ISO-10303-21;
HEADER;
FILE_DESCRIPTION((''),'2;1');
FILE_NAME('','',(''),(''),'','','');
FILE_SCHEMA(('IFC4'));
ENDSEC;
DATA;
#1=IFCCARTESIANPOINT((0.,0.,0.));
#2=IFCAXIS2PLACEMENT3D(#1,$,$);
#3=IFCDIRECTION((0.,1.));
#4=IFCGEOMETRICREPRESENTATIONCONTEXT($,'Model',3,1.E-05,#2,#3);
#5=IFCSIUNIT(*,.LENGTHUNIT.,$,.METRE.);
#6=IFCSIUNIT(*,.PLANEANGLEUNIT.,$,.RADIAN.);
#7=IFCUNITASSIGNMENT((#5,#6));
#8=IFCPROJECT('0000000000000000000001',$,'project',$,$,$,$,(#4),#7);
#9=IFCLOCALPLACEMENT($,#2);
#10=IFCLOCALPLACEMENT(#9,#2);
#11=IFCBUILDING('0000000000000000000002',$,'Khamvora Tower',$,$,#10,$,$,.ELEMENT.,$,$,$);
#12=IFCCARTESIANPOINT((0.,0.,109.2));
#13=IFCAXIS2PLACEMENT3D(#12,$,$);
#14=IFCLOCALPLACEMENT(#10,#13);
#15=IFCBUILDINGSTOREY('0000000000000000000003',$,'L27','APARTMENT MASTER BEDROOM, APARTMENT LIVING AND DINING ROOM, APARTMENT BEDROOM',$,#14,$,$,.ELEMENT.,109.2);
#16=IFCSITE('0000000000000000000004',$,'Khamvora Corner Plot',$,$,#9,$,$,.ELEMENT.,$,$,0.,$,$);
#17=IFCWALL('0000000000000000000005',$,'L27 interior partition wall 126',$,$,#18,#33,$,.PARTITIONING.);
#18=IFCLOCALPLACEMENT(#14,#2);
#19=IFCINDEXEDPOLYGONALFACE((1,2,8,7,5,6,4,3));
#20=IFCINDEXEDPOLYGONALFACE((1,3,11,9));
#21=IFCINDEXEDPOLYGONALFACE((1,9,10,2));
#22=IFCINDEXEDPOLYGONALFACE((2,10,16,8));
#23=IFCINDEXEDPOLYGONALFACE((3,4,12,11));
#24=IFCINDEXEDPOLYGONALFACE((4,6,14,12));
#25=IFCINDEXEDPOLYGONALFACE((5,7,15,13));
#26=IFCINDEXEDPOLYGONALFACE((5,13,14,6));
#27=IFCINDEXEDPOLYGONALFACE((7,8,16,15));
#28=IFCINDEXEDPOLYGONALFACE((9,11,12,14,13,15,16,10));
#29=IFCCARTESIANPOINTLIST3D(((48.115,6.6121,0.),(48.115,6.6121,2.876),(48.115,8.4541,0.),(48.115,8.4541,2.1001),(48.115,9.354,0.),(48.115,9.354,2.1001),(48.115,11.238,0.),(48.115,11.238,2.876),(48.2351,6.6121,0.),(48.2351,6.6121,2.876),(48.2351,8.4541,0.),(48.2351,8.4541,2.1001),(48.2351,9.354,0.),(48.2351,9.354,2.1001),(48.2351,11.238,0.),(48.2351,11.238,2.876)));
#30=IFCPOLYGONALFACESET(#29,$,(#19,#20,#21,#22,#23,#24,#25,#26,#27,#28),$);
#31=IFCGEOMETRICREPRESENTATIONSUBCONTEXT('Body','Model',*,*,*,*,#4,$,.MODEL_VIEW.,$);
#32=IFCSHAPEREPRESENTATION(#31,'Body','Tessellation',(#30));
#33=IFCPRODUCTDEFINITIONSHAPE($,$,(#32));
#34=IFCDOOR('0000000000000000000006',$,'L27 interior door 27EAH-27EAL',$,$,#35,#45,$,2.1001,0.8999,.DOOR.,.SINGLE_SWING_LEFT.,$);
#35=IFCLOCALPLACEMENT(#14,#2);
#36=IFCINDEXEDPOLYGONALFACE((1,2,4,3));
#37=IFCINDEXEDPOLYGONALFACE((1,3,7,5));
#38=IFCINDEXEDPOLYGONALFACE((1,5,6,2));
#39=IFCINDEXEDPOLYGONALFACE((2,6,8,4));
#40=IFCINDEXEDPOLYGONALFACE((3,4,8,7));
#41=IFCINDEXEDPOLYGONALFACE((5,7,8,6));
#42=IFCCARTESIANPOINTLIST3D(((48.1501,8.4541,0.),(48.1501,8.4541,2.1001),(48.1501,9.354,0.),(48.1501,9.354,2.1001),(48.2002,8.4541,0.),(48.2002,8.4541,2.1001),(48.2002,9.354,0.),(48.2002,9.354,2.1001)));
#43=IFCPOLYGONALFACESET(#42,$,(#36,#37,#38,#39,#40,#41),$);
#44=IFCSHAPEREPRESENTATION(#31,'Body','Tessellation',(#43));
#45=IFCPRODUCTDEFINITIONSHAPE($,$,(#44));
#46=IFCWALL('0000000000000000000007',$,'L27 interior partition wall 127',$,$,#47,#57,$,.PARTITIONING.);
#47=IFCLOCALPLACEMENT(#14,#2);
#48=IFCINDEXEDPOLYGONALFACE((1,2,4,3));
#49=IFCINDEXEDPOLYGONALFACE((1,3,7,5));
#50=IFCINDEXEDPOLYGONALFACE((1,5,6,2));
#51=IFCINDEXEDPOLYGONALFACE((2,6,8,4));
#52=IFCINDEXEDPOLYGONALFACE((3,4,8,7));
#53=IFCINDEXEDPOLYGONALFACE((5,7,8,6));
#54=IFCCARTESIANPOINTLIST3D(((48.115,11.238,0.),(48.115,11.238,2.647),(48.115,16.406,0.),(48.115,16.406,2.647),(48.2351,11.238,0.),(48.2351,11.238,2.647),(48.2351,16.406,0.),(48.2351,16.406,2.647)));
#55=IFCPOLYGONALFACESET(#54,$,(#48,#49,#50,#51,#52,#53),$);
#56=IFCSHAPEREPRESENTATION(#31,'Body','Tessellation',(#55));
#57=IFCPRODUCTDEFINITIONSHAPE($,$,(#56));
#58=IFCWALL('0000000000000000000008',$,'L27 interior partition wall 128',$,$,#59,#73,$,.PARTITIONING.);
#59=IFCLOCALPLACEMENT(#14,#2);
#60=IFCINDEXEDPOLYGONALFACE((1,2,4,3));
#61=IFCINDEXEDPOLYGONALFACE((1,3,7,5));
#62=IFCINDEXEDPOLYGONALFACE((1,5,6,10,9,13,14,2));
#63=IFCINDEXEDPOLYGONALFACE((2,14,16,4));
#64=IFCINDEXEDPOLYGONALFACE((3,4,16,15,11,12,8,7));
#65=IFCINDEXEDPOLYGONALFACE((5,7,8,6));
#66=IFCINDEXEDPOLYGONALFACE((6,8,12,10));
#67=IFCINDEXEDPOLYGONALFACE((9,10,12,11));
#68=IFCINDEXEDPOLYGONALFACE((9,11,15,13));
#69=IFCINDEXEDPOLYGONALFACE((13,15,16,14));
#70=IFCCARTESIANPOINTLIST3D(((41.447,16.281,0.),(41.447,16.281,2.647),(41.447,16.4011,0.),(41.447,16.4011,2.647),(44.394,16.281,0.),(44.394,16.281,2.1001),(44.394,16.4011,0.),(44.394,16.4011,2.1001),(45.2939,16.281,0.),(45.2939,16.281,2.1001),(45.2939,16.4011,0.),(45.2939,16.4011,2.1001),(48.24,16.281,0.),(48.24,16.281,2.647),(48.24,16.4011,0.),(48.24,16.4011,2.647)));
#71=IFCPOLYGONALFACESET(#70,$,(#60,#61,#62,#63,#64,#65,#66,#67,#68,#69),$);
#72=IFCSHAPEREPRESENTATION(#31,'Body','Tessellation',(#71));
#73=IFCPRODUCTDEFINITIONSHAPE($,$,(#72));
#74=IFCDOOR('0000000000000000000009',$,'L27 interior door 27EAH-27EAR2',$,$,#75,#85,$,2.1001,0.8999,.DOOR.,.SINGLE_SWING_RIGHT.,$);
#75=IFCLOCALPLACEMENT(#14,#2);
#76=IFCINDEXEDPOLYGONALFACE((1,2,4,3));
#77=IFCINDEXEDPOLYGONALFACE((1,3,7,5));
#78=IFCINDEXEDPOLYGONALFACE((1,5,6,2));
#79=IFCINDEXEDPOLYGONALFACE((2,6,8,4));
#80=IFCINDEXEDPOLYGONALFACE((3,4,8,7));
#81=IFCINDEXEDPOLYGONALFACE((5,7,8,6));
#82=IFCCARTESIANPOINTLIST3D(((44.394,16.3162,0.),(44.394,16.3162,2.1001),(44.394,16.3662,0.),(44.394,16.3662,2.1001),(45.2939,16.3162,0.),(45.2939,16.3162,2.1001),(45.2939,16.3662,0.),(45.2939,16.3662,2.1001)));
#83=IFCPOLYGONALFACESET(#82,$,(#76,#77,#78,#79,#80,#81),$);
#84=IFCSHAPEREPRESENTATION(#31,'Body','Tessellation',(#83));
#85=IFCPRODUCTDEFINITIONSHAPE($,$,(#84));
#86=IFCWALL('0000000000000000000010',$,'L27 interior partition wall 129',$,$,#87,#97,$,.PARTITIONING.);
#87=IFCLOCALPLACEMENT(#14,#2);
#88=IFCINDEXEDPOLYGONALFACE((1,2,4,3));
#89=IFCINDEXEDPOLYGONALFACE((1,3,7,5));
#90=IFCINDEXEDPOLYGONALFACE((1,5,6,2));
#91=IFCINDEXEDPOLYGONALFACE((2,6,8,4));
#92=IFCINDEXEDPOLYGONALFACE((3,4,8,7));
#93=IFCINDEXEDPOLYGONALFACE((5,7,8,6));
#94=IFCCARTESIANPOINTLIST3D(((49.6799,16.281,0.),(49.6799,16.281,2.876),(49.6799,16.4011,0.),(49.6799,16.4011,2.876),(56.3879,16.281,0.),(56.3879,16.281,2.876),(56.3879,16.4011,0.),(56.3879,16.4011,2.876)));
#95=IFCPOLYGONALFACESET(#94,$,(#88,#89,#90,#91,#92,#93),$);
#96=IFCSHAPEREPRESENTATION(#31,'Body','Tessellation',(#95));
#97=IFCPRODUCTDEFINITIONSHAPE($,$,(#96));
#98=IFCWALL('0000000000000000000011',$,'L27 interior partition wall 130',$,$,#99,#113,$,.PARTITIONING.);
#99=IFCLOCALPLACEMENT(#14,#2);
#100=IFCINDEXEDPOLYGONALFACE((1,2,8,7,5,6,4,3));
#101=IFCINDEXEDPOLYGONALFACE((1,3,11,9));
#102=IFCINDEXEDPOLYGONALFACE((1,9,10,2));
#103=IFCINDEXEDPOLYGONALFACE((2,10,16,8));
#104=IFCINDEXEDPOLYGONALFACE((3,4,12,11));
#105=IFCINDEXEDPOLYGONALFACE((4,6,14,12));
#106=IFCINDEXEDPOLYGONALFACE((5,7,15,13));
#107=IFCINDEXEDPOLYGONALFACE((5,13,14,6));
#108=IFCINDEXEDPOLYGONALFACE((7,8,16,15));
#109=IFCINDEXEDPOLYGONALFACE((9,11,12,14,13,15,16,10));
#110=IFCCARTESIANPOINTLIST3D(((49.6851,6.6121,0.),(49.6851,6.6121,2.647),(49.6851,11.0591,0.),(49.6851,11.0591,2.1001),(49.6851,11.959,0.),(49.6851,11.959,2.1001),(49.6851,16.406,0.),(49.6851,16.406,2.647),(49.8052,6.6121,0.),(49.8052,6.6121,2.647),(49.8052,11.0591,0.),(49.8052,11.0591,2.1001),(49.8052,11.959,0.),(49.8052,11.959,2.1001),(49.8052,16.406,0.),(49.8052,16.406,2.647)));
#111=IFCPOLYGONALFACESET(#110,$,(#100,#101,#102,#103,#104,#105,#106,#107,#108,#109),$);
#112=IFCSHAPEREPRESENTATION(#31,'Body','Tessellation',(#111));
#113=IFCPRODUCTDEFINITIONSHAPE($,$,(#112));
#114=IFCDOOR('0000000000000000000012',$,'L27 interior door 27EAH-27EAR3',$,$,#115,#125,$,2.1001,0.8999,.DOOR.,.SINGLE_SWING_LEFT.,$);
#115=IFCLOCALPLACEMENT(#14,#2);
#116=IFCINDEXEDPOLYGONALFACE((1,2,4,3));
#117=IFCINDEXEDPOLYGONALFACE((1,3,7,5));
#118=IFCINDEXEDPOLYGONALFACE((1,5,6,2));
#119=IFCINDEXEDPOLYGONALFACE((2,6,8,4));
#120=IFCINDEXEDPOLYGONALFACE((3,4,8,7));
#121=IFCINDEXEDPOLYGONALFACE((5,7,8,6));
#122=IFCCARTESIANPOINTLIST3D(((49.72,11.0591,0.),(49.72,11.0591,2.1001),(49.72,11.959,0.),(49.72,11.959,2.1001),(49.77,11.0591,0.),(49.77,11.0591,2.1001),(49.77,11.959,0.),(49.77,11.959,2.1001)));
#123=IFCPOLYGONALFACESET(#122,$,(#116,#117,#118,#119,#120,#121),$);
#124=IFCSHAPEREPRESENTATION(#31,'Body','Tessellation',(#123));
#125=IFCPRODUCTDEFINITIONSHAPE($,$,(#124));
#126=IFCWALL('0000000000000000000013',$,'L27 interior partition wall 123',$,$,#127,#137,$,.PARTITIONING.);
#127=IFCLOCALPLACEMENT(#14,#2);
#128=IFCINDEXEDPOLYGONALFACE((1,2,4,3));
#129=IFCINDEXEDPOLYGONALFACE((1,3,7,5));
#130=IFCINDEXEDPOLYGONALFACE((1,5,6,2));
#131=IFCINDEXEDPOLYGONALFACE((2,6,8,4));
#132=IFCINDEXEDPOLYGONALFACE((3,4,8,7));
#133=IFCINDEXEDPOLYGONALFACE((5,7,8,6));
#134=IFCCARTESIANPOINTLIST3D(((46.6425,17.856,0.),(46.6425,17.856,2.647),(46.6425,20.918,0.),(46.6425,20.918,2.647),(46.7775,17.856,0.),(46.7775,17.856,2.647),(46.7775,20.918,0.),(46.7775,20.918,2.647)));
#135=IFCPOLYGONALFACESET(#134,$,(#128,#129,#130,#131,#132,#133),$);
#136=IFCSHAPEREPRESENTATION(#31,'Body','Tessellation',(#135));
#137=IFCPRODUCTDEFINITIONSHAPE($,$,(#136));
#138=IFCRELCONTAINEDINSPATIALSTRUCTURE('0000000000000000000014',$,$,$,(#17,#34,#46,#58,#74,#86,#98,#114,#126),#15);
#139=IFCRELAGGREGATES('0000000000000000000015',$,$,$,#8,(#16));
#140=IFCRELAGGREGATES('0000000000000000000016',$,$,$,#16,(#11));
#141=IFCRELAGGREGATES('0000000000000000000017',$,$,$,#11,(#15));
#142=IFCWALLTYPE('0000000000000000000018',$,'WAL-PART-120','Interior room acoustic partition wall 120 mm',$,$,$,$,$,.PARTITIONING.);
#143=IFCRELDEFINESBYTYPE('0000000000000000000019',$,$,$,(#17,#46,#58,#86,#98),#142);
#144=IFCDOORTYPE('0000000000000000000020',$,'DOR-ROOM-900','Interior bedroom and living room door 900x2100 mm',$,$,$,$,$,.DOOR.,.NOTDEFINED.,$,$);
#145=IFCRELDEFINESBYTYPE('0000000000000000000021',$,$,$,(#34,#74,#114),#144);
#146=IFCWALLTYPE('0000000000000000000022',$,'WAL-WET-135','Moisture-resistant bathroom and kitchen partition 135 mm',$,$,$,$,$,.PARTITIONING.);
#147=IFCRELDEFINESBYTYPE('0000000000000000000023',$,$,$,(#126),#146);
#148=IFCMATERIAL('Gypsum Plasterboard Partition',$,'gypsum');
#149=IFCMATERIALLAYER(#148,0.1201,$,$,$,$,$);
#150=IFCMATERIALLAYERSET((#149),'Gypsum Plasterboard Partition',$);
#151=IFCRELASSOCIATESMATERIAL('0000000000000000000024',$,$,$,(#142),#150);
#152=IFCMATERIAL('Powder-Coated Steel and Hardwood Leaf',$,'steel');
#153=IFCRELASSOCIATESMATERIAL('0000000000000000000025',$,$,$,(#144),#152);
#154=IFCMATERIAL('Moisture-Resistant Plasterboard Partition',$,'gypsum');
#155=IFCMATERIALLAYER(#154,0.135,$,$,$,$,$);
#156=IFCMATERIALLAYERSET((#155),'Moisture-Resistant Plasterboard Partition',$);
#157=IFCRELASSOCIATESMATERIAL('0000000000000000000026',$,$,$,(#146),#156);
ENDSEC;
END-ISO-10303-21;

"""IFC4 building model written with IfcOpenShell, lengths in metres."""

from ifc_helpers import new_model, si_unit, direction, frame, frame_2d, origin, place, context, subcontext, project, spatial, rectangle, extrude, material, layer, layer_set, type_object, element, fill, save


model = new_model("IFC4")

# Units and contexts
model_context = context("Model", 3, precision=1e-05, world=origin(), true_north=direction((0.0, 1.0)))
body_context = subcontext(model_context, "Body", "Model", "MODEL_VIEW")
ifc_project = project(units=[si_unit("LENGTHUNIT", "METRE"), si_unit("PLANEANGLEUNIT", "RADIAN")], contexts=[model_context])

# Site, building, storey
site_placement = place(None, origin())
site = spatial("IfcSite", under=ifc_project, at=site_placement, Name="Khamvora Corner Plot", CompositionType="ELEMENT", RefElevation=0.0)
building_placement = place(site_placement, origin())
building = spatial("IfcBuilding", under=site, at=building_placement, Name="Khamvora Tower", CompositionType="ELEMENT")
storey_placement = place(building_placement, frame((0.0, 0.0, 109.2)))
storey = spatial("IfcBuildingStorey", under=building, at=storey_placement, Name="L27", Description="APARTMENT MASTER BEDROOM, APARTMENT LIVING AND DINING ROOM, APARTMENT BEDROOM", CompositionType="ELEMENT", Elevation=109.2)

# Wall, opening, door
ifc_material_1 = material(Name="Gypsum Plasterboard Partition", Category="gypsum")
ifc_layer_1 = layer(ifc_material_1, 0.1201)
ifc_layer_set_1 = layer_set([ifc_layer_1], Name="Gypsum Plasterboard Partition")
wall_type_1 = type_object("IfcWallType", Name="WAL-PART-120", Description="Interior room acoustic partition wall 120 mm", PredefinedType="PARTITIONING", material=ifc_layer_set_1)
wall_1_placement = place(storey_placement, frame((48.175, 6.6121, 0.0), z_axis=(0.0, 0.0, 1.0), x_axis=(0.0, 1.0, 0.0)))
wall_1 = element("IfcWall", 1, at=wall_1_placement, inside=storey, type_object=wall_type_1, Name="L27 interior partition wall 126", PredefinedType="PARTITIONING", context=body_context, shape_type="SweptSolid", body=[
    extrude(rectangle(XDim=4.626, YDim=0.1201, at=frame_2d((2.313, 0.0))), origin(), (0.0, 0.0, 1.0), 2.876),
])
opening_1_placement = place(wall_1_placement, frame((1.842, 0.0, 0.0)))
opening_1 = element("IfcOpeningElement", 2, at=opening_1_placement, cuts=wall_1, PredefinedType="OPENING", context=body_context, shape_type="SweptSolid", body=[
    extrude(rectangle(XDim=0.8999, YDim=2.1001, at=frame_2d((0.45, 1.05))), frame((0.0, 0.0701, 0.0), z_axis=(0.0, -1.0, 0.0), x_axis=(1.0, 0.0, 0.0)), (0.0, 0.0, 1.0), 0.1401),
])
ifc_material_2 = material(Name="Powder-Coated Steel and Hardwood Leaf", Category="steel")
door_type = type_object("IfcDoorType", Name="DOR-ROOM-900", Description="Interior bedroom and living room door 900x2100 mm", OperationType="NOTDEFINED", PredefinedType="DOOR", material=ifc_material_2)
door_1_placement = place(opening_1_placement, origin())
door_1 = element("IfcDoor", 3, at=door_1_placement, inside=storey, type_object=door_type, Name="L27 interior door 27EAH-27EAL", OperationType="SINGLE_SWING_LEFT", OverallHeight=2.1001, OverallWidth=0.8999, PredefinedType="DOOR", context=body_context, shape_type="SweptSolid", body=[
    extrude(rectangle(XDim=0.8999, YDim=2.1001, at=frame_2d((0.45, 1.05))), frame((0.0, 0.0249, 0.0), z_axis=(0.0, -1.0, 0.0), x_axis=(1.0, 0.0, 0.0)), (0.0, 0.0, 1.0), 0.05),
])
fill(opening_1, door_1)

# Wall
wall_2_placement = place(storey_placement, frame((48.175, 11.238, 0.0), z_axis=(0.0, 0.0, 1.0), x_axis=(0.0, 1.0, 0.0)))
element("IfcWall", 4, at=wall_2_placement, inside=storey, type_object=wall_type_1, Name="L27 interior partition wall 127", PredefinedType="PARTITIONING", context=body_context, shape_type="SweptSolid", body=[
    extrude(rectangle(XDim=5.168, YDim=0.1201, at=frame_2d((2.584, 0.0))), origin(), (0.0, 0.0, 1.0), 2.647),
])

# Wall, opening, door
wall_3_placement = place(storey_placement, frame((48.24, 16.3411, 0.0), z_axis=(0.0, 0.0, 1.0), x_axis=(-1.0, 0.0, 0.0)))
wall_3 = element("IfcWall", 5, at=wall_3_placement, inside=storey, type_object=wall_type_1, Name="L27 interior partition wall 128", PredefinedType="PARTITIONING", context=body_context, shape_type="SweptSolid", body=[
    extrude(rectangle(XDim=6.793, YDim=0.1201, at=frame_2d((3.3965, 0.0))), origin(), (0.0, 0.0, 1.0), 2.647),
])
opening_2_placement = place(wall_3_placement, frame((2.946, 0.0, 0.0)))
opening_2 = element("IfcOpeningElement", 6, at=opening_2_placement, cuts=wall_3, PredefinedType="OPENING", context=body_context, shape_type="SweptSolid", body=[
    extrude(rectangle(XDim=0.8999, YDim=2.1001, at=frame_2d((0.45, 1.05))), frame((0.0, 0.0701, 0.0), z_axis=(0.0, -1.0, 0.0), x_axis=(1.0, 0.0, 0.0)), (0.0, 0.0, 1.0), 0.1401),
])
door_2_placement = place(opening_2_placement, origin())
door_2 = element("IfcDoor", 7, at=door_2_placement, inside=storey, type_object=door_type, Name="L27 interior door 27EAH-27EAR2", OperationType="SINGLE_SWING_RIGHT", OverallHeight=2.1001, OverallWidth=0.8999, PredefinedType="DOOR", context=body_context, shape_type="SweptSolid", body=[
    extrude(rectangle(XDim=0.8999, YDim=2.1001, at=frame_2d((0.45, 1.05))), frame((0.0, 0.0249, 0.0), z_axis=(0.0, -1.0, 0.0), x_axis=(1.0, 0.0, 0.0)), (0.0, 0.0, 1.0), 0.05),
])
fill(opening_2, door_2)

# Wall
wall_4_placement = place(storey_placement, frame((56.3879, 16.3411, 0.0), z_axis=(0.0, 0.0, 1.0), x_axis=(-1.0, 0.0, 0.0)))
element("IfcWall", 8, at=wall_4_placement, inside=storey, type_object=wall_type_1, Name="L27 interior partition wall 129", PredefinedType="PARTITIONING", context=body_context, shape_type="SweptSolid", body=[
    extrude(rectangle(XDim=6.708, YDim=0.1201, at=frame_2d((3.354, 0.0))), origin(), (0.0, 0.0, 1.0), 2.876),
])

# Wall, opening, door
wall_5_placement = place(storey_placement, frame((49.7451, 16.406, 0.0), z_axis=(0.0, 0.0, 1.0), x_axis=(0.0, -1.0, 0.0)))
wall_5 = element("IfcWall", 9, at=wall_5_placement, inside=storey, type_object=wall_type_1, Name="L27 interior partition wall 130", PredefinedType="PARTITIONING", context=body_context, shape_type="SweptSolid", body=[
    extrude(rectangle(XDim=9.7939, YDim=0.1201, at=frame_2d((4.897, 0.0))), origin(), (0.0, 0.0, 1.0), 2.647),
])
opening_3_placement = place(wall_5_placement, frame((4.447, 0.0, 0.0)))
opening_3 = element("IfcOpeningElement", 10, at=opening_3_placement, cuts=wall_5, PredefinedType="OPENING", context=body_context, shape_type="SweptSolid", body=[
    extrude(rectangle(XDim=0.8999, YDim=2.1001, at=frame_2d((0.45, 1.05))), frame((0.0, 0.0701, 0.0), z_axis=(0.0, -1.0, 0.0), x_axis=(1.0, 0.0, 0.0)), (0.0, 0.0, 1.0), 0.1401),
])
door_3_placement = place(opening_3_placement, origin())
door_3 = element("IfcDoor", 11, at=door_3_placement, inside=storey, type_object=door_type, Name="L27 interior door 27EAH-27EAR3", OperationType="SINGLE_SWING_LEFT", OverallHeight=2.1001, OverallWidth=0.8999, PredefinedType="DOOR", context=body_context, shape_type="SweptSolid", body=[
    extrude(rectangle(XDim=0.8999, YDim=2.1001, at=frame_2d((0.45, 1.05))), frame((0.0, 0.0249, 0.0), z_axis=(0.0, -1.0, 0.0), x_axis=(1.0, 0.0, 0.0)), (0.0, 0.0, 1.0), 0.05),
])
fill(opening_3, door_3)

# Wall
ifc_material_3 = material(Name="Moisture-Resistant Plasterboard Partition", Category="gypsum")
ifc_layer_2 = layer(ifc_material_3, 0.135)
ifc_layer_set_2 = layer_set([ifc_layer_2], Name="Moisture-Resistant Plasterboard Partition")
wall_type_2 = type_object("IfcWallType", Name="WAL-WET-135", Description="Moisture-resistant bathroom and kitchen partition 135 mm", PredefinedType="PARTITIONING", material=ifc_layer_set_2)
wall_6_placement = place(storey_placement, frame((46.71, 17.856, 0.0), z_axis=(0.0, 0.0, 1.0), x_axis=(0.0, 1.0, 0.0)))
element("IfcWall", 12, at=wall_6_placement, inside=storey, type_object=wall_type_2, Name="L27 interior partition wall 123", PredefinedType="PARTITIONING", context=body_context, shape_type="SweptSolid", body=[
    extrude(rectangle(XDim=3.062, YDim=0.135, at=frame_2d((1.531, 0.0))), origin(), (0.0, 0.0, 1.0), 2.647),
])

save(model, "model.ifc")
